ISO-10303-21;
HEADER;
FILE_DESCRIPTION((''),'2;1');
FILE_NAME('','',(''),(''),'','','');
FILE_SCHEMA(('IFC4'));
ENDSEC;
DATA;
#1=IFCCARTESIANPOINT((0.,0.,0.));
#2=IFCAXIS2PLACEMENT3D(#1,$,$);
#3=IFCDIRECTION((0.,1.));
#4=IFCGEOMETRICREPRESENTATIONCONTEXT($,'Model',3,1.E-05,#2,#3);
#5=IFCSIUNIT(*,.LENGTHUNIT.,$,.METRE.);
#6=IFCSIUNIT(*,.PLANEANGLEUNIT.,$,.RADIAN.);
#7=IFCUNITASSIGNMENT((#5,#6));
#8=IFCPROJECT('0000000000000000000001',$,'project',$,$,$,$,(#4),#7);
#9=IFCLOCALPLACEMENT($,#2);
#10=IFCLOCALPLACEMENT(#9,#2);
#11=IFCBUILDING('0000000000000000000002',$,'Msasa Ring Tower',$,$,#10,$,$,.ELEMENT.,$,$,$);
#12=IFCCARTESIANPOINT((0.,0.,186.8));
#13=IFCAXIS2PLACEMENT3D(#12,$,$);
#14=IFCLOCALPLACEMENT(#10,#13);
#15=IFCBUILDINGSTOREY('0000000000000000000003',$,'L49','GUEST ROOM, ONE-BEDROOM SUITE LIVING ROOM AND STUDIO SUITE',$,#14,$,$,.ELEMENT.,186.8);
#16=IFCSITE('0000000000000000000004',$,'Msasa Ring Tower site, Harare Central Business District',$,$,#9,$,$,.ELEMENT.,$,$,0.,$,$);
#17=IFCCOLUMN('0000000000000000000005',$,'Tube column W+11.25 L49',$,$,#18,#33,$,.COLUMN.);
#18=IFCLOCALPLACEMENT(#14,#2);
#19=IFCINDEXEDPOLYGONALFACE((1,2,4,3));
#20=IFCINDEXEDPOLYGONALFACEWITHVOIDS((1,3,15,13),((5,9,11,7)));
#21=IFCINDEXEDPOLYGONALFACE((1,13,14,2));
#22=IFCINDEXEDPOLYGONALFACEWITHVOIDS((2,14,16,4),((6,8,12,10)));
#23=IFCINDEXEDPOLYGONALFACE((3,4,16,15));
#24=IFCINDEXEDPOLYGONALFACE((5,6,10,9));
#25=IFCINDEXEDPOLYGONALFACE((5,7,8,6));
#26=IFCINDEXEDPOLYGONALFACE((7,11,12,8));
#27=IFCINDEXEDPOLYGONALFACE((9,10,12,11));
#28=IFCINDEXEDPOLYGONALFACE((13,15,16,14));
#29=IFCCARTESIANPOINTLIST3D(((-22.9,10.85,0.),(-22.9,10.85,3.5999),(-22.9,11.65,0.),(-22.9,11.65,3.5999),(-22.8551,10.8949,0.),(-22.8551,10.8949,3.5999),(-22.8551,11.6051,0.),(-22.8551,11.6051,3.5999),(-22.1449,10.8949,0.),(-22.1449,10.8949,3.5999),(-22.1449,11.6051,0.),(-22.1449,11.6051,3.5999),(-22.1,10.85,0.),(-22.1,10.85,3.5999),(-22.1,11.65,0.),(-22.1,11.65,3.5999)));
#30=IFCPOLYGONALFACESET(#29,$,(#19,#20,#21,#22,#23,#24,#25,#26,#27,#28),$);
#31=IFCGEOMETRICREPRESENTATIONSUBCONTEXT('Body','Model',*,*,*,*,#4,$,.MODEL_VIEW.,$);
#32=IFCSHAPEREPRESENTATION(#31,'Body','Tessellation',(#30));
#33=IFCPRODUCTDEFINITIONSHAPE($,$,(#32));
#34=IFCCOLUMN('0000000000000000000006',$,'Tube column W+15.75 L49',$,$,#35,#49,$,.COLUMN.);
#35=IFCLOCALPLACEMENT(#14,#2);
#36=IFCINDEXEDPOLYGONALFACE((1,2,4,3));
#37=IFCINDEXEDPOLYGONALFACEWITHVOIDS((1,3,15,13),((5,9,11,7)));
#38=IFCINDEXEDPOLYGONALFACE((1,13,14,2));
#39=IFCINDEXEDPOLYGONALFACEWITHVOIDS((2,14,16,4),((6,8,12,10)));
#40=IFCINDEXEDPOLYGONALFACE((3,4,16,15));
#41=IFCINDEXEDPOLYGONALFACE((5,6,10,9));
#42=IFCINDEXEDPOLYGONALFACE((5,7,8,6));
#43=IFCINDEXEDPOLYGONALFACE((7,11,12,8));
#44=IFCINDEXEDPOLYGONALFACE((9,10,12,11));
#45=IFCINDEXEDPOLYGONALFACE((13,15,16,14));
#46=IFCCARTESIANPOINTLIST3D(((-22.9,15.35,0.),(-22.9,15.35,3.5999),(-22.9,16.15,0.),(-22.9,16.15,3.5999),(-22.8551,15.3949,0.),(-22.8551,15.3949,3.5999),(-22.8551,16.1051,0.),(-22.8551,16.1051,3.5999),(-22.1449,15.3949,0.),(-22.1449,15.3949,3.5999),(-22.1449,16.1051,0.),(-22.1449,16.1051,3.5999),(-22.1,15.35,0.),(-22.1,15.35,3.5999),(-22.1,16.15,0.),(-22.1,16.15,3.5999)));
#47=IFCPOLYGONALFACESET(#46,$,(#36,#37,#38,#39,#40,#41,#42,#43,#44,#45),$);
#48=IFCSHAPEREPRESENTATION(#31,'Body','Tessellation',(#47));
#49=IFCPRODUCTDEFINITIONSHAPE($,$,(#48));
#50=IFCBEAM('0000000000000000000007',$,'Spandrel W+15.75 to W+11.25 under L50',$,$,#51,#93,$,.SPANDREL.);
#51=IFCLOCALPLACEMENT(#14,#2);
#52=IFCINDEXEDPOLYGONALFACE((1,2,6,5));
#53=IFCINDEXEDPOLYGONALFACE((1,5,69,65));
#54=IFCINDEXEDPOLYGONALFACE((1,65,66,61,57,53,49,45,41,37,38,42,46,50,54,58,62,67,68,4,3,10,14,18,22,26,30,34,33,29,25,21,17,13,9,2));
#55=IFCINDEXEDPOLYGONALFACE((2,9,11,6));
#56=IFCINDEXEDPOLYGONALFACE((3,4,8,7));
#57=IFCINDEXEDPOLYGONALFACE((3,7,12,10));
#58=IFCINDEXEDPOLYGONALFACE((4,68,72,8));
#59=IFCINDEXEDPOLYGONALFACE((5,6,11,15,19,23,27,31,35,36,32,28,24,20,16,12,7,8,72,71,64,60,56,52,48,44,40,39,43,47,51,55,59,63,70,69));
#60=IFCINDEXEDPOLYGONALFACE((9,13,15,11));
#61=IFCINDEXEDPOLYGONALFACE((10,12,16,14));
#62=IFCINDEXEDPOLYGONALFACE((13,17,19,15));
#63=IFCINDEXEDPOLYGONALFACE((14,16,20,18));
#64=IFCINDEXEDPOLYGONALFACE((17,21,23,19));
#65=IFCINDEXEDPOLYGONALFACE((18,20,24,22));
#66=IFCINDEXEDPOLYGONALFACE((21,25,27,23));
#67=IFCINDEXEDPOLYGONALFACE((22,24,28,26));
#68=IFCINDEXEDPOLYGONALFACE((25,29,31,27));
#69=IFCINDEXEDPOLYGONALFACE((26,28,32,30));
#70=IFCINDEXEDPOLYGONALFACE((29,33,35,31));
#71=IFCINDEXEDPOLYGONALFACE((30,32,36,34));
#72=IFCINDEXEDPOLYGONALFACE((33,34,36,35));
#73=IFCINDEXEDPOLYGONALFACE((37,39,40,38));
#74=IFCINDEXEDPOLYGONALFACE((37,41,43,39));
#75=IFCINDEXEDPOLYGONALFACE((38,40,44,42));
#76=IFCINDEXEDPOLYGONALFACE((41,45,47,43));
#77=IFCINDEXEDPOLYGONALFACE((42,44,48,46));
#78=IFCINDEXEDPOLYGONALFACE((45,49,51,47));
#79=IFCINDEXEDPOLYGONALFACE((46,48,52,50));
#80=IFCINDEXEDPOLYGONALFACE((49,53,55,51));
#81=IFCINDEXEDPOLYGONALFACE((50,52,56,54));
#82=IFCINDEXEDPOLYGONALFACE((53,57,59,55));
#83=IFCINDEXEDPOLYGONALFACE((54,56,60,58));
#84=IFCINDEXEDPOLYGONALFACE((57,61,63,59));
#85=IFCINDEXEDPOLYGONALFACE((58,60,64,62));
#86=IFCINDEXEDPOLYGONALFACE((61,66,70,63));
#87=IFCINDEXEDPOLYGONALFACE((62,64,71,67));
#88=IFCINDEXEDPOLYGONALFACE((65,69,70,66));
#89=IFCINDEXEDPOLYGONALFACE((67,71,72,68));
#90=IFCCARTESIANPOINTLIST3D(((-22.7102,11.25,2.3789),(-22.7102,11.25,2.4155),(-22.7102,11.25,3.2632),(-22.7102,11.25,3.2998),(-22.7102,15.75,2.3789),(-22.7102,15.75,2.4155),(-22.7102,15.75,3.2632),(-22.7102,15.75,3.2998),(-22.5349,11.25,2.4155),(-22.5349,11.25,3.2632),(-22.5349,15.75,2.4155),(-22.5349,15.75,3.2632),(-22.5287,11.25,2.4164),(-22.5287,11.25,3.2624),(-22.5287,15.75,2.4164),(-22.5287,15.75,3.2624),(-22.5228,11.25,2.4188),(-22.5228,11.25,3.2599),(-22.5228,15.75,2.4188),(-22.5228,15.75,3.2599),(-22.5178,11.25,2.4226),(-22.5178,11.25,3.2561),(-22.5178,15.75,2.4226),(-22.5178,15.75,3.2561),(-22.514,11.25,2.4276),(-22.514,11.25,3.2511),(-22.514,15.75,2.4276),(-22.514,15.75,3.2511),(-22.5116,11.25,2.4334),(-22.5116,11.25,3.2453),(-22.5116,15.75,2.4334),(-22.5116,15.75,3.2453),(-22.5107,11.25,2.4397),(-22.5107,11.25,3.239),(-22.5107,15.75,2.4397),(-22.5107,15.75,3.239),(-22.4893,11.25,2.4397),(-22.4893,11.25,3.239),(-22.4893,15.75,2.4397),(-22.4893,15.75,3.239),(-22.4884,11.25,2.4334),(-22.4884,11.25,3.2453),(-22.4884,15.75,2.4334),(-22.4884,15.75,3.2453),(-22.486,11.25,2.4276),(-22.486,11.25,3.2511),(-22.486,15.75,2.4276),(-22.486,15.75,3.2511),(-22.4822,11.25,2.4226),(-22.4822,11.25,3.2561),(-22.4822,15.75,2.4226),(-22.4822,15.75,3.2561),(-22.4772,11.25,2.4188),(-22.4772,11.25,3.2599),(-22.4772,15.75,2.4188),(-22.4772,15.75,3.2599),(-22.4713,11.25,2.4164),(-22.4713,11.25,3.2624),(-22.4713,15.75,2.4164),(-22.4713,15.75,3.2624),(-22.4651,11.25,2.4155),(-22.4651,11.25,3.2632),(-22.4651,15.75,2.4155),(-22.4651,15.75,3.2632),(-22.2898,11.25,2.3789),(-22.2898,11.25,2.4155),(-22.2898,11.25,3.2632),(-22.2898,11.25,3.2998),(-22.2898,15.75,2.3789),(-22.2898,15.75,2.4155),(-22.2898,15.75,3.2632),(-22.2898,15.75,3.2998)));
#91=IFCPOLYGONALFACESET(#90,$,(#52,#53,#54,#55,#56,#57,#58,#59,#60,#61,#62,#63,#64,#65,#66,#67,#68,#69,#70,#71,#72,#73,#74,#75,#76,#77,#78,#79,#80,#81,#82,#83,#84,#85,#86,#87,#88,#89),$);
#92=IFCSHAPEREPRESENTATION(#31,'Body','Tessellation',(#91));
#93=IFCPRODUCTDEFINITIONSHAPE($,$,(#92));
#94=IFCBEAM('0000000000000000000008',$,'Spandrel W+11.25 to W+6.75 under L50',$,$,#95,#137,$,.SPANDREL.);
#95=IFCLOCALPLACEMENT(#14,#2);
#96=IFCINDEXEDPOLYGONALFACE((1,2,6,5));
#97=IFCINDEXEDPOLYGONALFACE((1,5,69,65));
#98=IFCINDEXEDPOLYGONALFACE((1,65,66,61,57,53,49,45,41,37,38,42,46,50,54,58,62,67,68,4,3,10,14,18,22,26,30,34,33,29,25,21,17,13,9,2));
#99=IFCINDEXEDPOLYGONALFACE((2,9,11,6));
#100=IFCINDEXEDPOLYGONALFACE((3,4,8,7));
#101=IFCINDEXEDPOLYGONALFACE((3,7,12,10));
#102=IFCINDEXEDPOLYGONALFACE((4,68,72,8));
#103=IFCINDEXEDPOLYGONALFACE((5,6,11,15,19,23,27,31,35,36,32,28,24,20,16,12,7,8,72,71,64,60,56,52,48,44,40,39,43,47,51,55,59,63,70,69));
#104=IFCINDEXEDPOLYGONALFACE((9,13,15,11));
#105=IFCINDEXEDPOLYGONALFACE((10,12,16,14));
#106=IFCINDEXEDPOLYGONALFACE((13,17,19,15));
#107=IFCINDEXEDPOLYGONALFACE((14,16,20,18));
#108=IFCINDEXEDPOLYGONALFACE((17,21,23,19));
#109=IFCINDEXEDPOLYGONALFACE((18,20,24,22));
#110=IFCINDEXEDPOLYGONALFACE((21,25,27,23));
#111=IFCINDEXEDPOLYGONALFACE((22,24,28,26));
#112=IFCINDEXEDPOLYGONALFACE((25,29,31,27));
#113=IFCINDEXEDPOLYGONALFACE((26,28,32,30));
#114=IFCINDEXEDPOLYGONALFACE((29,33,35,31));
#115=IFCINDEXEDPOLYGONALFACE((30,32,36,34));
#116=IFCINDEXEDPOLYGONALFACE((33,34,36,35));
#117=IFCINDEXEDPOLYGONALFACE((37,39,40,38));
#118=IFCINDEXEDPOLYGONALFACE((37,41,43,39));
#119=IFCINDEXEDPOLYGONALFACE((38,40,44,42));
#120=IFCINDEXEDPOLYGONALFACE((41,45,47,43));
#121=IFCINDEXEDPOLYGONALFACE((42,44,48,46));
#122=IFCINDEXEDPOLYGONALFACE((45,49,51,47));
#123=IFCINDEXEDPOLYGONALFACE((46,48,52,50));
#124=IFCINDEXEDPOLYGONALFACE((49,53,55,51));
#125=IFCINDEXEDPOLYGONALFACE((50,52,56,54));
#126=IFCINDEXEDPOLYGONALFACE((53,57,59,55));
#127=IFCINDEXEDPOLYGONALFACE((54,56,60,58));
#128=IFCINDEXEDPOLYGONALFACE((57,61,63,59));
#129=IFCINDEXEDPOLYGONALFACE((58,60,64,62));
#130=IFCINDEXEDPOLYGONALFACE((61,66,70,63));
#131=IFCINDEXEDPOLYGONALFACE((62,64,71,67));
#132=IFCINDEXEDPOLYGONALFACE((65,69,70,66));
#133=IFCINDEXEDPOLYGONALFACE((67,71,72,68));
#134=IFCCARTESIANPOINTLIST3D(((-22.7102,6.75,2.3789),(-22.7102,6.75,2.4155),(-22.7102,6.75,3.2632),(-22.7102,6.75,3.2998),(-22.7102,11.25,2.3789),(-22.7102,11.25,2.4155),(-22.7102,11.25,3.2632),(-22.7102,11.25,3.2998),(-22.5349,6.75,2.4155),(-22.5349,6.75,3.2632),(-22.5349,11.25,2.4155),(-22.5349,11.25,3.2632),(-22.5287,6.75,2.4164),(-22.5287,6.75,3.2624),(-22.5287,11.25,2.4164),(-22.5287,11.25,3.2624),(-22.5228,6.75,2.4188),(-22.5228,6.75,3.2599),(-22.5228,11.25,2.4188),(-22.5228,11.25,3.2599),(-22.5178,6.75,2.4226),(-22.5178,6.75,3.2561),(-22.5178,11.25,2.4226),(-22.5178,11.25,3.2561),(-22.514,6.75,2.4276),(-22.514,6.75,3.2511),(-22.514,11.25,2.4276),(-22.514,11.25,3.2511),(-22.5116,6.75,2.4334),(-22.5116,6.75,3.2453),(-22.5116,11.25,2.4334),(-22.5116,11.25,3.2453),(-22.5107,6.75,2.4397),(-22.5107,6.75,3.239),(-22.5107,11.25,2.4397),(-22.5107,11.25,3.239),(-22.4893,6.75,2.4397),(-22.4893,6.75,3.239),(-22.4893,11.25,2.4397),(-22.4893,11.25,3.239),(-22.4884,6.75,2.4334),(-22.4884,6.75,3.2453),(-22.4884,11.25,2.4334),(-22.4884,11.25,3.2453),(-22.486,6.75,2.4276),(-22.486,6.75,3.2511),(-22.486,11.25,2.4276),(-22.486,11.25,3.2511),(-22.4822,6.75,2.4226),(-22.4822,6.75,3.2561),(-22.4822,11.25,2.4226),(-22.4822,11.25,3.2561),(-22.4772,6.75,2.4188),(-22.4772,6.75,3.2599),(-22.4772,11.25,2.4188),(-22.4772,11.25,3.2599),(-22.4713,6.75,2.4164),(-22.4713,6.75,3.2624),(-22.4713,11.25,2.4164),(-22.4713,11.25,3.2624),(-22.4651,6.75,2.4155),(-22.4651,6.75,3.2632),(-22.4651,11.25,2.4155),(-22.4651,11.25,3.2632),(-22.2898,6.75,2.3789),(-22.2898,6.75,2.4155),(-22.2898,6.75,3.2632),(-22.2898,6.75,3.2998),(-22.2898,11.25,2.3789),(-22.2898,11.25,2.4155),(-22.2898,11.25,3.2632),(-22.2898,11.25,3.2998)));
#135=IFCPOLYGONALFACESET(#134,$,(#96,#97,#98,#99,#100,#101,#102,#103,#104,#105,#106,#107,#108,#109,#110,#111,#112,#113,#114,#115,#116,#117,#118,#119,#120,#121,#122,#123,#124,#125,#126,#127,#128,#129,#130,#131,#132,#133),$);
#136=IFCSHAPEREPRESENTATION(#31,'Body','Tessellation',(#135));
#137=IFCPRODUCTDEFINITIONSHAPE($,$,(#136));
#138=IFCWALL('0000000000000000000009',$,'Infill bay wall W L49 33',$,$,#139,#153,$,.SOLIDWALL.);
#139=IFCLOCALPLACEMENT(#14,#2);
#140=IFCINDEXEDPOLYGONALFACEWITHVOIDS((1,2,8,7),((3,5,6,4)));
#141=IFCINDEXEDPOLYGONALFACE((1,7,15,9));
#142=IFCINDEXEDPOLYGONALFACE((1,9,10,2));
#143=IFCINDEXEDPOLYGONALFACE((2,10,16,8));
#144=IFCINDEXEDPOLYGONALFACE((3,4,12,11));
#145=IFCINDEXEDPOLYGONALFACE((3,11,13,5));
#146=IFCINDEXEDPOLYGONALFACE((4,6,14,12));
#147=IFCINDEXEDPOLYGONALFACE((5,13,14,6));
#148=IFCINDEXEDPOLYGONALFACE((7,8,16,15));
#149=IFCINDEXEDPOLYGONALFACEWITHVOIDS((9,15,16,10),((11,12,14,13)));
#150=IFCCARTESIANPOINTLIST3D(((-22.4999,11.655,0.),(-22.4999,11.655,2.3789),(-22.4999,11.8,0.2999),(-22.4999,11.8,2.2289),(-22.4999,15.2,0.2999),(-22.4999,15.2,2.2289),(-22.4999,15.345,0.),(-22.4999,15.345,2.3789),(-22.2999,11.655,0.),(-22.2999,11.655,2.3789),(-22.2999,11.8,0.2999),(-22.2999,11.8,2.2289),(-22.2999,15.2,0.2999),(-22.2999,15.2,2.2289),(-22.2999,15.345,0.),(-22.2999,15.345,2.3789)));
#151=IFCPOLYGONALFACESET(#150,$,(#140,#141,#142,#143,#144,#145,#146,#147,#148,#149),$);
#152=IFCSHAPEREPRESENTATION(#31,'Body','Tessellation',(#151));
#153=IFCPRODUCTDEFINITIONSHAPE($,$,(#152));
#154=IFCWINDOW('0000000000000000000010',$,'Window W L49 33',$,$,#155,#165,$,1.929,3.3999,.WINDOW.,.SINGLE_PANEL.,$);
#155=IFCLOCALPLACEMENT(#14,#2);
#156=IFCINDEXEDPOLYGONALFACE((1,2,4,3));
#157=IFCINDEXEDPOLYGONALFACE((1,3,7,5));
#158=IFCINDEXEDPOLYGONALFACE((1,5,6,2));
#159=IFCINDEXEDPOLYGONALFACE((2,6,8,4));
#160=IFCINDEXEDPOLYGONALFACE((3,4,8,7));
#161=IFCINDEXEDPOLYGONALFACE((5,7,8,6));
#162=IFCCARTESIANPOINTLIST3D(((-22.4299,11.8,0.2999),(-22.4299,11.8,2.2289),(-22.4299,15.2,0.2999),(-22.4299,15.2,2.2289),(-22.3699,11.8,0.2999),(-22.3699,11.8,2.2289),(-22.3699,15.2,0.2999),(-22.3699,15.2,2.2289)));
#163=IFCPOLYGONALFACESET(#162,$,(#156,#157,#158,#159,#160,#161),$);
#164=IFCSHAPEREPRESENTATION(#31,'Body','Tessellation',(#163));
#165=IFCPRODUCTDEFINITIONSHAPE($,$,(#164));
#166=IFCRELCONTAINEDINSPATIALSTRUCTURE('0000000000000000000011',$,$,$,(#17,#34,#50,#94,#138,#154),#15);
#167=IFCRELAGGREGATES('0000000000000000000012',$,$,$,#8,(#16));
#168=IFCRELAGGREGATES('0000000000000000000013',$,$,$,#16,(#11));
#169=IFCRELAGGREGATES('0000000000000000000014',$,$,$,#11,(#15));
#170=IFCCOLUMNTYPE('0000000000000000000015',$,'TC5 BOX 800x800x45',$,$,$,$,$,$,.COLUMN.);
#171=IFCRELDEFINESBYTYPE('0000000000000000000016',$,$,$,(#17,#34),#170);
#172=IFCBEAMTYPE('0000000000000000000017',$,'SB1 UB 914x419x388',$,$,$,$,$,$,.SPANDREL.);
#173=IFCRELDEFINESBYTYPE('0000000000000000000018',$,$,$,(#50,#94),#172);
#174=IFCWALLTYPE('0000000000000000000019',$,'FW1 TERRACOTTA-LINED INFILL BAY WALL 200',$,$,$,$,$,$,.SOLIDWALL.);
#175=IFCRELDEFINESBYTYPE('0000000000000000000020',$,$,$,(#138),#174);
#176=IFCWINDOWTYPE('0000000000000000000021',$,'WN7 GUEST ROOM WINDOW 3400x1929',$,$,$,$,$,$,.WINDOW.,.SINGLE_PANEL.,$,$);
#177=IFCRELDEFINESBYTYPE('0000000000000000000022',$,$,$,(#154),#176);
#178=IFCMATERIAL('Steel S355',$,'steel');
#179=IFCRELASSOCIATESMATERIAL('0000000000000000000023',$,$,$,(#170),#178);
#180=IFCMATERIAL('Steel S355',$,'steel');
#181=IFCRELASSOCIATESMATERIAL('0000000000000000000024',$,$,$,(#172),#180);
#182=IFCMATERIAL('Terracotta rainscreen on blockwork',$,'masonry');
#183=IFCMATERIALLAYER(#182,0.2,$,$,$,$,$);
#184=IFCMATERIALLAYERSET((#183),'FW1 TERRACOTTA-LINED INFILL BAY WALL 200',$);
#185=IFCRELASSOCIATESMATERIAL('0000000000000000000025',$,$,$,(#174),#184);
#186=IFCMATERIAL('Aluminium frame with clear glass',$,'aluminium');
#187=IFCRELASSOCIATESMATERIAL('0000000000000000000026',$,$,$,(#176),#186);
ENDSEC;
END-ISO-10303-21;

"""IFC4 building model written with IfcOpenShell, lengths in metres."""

from ifc_helpers import new_model, si_unit, direction, frame, frame_2d, origin, origin_2d, place, context, subcontext, project, spatial, rectangle, hollow_rectangle, i_section, extrude, material, layer, layer_set, material_profile, profile_set, type_object, element, fill, save


model = new_model("IFC4")

# Units and contexts
model_context = context("Model", 3, precision=1e-05, world=origin(), true_north=direction((0.0, 1.0)))
body_context = subcontext(model_context, "Body", "Model", "MODEL_VIEW")
ifc_project = project(units=[si_unit("LENGTHUNIT", "METRE"), si_unit("PLANEANGLEUNIT", "RADIAN")], contexts=[model_context])

# Site, building, storey
site_placement = place(None, origin())
site = spatial("IfcSite", under=ifc_project, at=site_placement, Name="Msasa Ring Tower site, Harare Central Business District", CompositionType="ELEMENT", RefElevation=0.0)
building_placement = place(site_placement, origin())
building = spatial("IfcBuilding", under=site, at=building_placement, Name="Msasa Ring Tower", CompositionType="ELEMENT")
storey_placement = place(building_placement, frame((0.0, 0.0, 186.8)))
storey = spatial("IfcBuildingStorey", under=building, at=storey_placement, Name="L49", Description="GUEST ROOM, ONE-BEDROOM SUITE LIVING ROOM AND STUDIO SUITE", CompositionType="ELEMENT", Elevation=186.8)

# Columns
ifc_material_1 = material(Name="Steel S355", Category="steel")
ifc_material_profile_1 = material_profile(ifc_material_1, hollow_rectangle(XDim=0.8, YDim=0.8, WallThickness=0.0449, at=origin_2d()), Name="BOX 800x800x45")
ifc_profile_set_1 = profile_set([ifc_material_profile_1], Name="Steel S355")
column_type = type_object("IfcColumnType", Name="TC5 BOX 800x800x45", PredefinedType="COLUMN", material=ifc_profile_set_1)
for number, where, z_axis, x_axis, name in (
    (1, (-22.5, 11.25, 0.0), (0.0, 0.0, 1.0), (1.0, 0.0, 0.0), "Tube column W+11.25 L49"),
    (2, (-22.5, 15.75, 0.0), (0.0, 0.0, 1.0), (1.0, 0.0, 0.0), "Tube column W+15.75 L49"),
):
    element("IfcColumn", number, at=place(storey_placement, frame(where, z_axis=z_axis, x_axis=x_axis)), inside=storey, type_object=column_type, Name=name, PredefinedType="COLUMN", context=body_context, shape_type="SweptSolid", body=[
        extrude(hollow_rectangle(XDim=0.8, YDim=0.8, WallThickness=0.0449, at=origin_2d()), origin(), (0.0, 0.0, 1.0), 3.5999),
    ])

# Beams
ifc_material_2 = material(Name="Steel S355", Category="steel")
ifc_material_profile_2 = material_profile(ifc_material_2, i_section(OverallWidth=0.4204, OverallDepth=0.9209, WebThickness=0.0215, FlangeThickness=0.0366, FilletRadius=0.0242, at=origin_2d()), Name="UB 914x419x388")
ifc_profile_set_2 = profile_set([ifc_material_profile_2], Name="Steel S355")
beam_type = type_object("IfcBeamType", Name="SB1 UB 914x419x388", PredefinedType="SPANDREL", material=ifc_profile_set_2)
for number, where, z_axis, x_axis, name in (
    (3, (-22.5, 15.75, 2.8394), (0.0, -1.0, 0.0), (1.0, 0.0, 0.0), "Spandrel W+15.75 to W+11.25 under L50"),
    (4, (-22.5, 11.25, 2.8394), (0.0, -1.0, 0.0), (1.0, 0.0, 0.0), "Spandrel W+11.25 to W+6.75 under L50"),
):
    element("IfcBeam", number, at=place(storey_placement, frame(where, z_axis=z_axis, x_axis=x_axis)), inside=storey, type_object=beam_type, Name=name, PredefinedType="SPANDREL", context=body_context, shape_type="SweptSolid", body=[
        extrude(i_section(OverallWidth=0.4204, OverallDepth=0.9209, WebThickness=0.0215, FlangeThickness=0.0366, FilletRadius=0.0242, at=origin_2d()), origin(), (0.0, 0.0, 1.0), 4.5),
    ])

# Wall, opening, window
ifc_material_3 = material(Name="Terracotta rainscreen on blockwork", Category="masonry")
ifc_layer_1 = layer(ifc_material_3, 0.2)
ifc_layer_set_1 = layer_set([ifc_layer_1], Name="FW1 TERRACOTTA-LINED INFILL BAY WALL 200")
wall_type_1 = type_object("IfcWallType", Name="FW1 TERRACOTTA-LINED INFILL BAY WALL 200", PredefinedType="SOLIDWALL", material=ifc_layer_set_1)
wall_1_placement = place(storey_placement, frame((-22.3999, 11.655, 0.0), z_axis=(0.0, 0.0, 1.0), x_axis=(0.0, 1.0, 0.0)))
wall_1 = element("IfcWall", 5, at=wall_1_placement, inside=storey, type_object=wall_type_1, Name="Infill bay wall W L49 33", PredefinedType="SOLIDWALL", context=body_context, shape_type="SweptSolid", body=[
    extrude(rectangle(XDim=3.6899, YDim=0.2, at=frame_2d((1.845, 0.0))), origin(), (0.0, 0.0, 1.0), 2.3789),
])
opening_1_placement = place(wall_1_placement, frame((0.145, 0.0, 0.3)))
opening_1 = element("IfcOpeningElement", 6, at=opening_1_placement, cuts=wall_1, PredefinedType="OPENING", context=body_context, shape_type="SweptSolid", body=[
    extrude(rectangle(XDim=3.3999, YDim=1.929, at=frame_2d((1.7, 0.9644))), frame((0.0, 0.1099, 0.0), z_axis=(0.0, -1.0, 0.0), x_axis=(1.0, 0.0, 0.0)), (0.0, 0.0, 1.0), 0.22),
])
ifc_material_4 = material(Name="Aluminium frame with clear glass", Category="aluminium")
window_type = type_object("IfcWindowType", Name="WN7 GUEST ROOM WINDOW 3400x1929", PartitioningType="SINGLE_PANEL", PredefinedType="WINDOW", material=ifc_material_4)
window_placement = place(opening_1_placement, origin())
window = element("IfcWindow", 7, at=window_placement, inside=storey, type_object=window_type, Name="Window W L49 33", OverallHeight=1.929, OverallWidth=3.3999, PartitioningType="SINGLE_PANEL", PredefinedType="WINDOW", context=body_context, shape_type="SweptSolid", body=[
    extrude(rectangle(XDim=3.3999, YDim=1.929, at=frame_2d((1.7, 0.9644))), frame((0.0, 0.03, 0.0), z_axis=(0.0, -1.0, 0.0), x_axis=(1.0, 0.0, 0.0)), (0.0, 0.0, 1.0), 0.0601),
])
fill(opening_1, window)

save(model, "model.ifc")
